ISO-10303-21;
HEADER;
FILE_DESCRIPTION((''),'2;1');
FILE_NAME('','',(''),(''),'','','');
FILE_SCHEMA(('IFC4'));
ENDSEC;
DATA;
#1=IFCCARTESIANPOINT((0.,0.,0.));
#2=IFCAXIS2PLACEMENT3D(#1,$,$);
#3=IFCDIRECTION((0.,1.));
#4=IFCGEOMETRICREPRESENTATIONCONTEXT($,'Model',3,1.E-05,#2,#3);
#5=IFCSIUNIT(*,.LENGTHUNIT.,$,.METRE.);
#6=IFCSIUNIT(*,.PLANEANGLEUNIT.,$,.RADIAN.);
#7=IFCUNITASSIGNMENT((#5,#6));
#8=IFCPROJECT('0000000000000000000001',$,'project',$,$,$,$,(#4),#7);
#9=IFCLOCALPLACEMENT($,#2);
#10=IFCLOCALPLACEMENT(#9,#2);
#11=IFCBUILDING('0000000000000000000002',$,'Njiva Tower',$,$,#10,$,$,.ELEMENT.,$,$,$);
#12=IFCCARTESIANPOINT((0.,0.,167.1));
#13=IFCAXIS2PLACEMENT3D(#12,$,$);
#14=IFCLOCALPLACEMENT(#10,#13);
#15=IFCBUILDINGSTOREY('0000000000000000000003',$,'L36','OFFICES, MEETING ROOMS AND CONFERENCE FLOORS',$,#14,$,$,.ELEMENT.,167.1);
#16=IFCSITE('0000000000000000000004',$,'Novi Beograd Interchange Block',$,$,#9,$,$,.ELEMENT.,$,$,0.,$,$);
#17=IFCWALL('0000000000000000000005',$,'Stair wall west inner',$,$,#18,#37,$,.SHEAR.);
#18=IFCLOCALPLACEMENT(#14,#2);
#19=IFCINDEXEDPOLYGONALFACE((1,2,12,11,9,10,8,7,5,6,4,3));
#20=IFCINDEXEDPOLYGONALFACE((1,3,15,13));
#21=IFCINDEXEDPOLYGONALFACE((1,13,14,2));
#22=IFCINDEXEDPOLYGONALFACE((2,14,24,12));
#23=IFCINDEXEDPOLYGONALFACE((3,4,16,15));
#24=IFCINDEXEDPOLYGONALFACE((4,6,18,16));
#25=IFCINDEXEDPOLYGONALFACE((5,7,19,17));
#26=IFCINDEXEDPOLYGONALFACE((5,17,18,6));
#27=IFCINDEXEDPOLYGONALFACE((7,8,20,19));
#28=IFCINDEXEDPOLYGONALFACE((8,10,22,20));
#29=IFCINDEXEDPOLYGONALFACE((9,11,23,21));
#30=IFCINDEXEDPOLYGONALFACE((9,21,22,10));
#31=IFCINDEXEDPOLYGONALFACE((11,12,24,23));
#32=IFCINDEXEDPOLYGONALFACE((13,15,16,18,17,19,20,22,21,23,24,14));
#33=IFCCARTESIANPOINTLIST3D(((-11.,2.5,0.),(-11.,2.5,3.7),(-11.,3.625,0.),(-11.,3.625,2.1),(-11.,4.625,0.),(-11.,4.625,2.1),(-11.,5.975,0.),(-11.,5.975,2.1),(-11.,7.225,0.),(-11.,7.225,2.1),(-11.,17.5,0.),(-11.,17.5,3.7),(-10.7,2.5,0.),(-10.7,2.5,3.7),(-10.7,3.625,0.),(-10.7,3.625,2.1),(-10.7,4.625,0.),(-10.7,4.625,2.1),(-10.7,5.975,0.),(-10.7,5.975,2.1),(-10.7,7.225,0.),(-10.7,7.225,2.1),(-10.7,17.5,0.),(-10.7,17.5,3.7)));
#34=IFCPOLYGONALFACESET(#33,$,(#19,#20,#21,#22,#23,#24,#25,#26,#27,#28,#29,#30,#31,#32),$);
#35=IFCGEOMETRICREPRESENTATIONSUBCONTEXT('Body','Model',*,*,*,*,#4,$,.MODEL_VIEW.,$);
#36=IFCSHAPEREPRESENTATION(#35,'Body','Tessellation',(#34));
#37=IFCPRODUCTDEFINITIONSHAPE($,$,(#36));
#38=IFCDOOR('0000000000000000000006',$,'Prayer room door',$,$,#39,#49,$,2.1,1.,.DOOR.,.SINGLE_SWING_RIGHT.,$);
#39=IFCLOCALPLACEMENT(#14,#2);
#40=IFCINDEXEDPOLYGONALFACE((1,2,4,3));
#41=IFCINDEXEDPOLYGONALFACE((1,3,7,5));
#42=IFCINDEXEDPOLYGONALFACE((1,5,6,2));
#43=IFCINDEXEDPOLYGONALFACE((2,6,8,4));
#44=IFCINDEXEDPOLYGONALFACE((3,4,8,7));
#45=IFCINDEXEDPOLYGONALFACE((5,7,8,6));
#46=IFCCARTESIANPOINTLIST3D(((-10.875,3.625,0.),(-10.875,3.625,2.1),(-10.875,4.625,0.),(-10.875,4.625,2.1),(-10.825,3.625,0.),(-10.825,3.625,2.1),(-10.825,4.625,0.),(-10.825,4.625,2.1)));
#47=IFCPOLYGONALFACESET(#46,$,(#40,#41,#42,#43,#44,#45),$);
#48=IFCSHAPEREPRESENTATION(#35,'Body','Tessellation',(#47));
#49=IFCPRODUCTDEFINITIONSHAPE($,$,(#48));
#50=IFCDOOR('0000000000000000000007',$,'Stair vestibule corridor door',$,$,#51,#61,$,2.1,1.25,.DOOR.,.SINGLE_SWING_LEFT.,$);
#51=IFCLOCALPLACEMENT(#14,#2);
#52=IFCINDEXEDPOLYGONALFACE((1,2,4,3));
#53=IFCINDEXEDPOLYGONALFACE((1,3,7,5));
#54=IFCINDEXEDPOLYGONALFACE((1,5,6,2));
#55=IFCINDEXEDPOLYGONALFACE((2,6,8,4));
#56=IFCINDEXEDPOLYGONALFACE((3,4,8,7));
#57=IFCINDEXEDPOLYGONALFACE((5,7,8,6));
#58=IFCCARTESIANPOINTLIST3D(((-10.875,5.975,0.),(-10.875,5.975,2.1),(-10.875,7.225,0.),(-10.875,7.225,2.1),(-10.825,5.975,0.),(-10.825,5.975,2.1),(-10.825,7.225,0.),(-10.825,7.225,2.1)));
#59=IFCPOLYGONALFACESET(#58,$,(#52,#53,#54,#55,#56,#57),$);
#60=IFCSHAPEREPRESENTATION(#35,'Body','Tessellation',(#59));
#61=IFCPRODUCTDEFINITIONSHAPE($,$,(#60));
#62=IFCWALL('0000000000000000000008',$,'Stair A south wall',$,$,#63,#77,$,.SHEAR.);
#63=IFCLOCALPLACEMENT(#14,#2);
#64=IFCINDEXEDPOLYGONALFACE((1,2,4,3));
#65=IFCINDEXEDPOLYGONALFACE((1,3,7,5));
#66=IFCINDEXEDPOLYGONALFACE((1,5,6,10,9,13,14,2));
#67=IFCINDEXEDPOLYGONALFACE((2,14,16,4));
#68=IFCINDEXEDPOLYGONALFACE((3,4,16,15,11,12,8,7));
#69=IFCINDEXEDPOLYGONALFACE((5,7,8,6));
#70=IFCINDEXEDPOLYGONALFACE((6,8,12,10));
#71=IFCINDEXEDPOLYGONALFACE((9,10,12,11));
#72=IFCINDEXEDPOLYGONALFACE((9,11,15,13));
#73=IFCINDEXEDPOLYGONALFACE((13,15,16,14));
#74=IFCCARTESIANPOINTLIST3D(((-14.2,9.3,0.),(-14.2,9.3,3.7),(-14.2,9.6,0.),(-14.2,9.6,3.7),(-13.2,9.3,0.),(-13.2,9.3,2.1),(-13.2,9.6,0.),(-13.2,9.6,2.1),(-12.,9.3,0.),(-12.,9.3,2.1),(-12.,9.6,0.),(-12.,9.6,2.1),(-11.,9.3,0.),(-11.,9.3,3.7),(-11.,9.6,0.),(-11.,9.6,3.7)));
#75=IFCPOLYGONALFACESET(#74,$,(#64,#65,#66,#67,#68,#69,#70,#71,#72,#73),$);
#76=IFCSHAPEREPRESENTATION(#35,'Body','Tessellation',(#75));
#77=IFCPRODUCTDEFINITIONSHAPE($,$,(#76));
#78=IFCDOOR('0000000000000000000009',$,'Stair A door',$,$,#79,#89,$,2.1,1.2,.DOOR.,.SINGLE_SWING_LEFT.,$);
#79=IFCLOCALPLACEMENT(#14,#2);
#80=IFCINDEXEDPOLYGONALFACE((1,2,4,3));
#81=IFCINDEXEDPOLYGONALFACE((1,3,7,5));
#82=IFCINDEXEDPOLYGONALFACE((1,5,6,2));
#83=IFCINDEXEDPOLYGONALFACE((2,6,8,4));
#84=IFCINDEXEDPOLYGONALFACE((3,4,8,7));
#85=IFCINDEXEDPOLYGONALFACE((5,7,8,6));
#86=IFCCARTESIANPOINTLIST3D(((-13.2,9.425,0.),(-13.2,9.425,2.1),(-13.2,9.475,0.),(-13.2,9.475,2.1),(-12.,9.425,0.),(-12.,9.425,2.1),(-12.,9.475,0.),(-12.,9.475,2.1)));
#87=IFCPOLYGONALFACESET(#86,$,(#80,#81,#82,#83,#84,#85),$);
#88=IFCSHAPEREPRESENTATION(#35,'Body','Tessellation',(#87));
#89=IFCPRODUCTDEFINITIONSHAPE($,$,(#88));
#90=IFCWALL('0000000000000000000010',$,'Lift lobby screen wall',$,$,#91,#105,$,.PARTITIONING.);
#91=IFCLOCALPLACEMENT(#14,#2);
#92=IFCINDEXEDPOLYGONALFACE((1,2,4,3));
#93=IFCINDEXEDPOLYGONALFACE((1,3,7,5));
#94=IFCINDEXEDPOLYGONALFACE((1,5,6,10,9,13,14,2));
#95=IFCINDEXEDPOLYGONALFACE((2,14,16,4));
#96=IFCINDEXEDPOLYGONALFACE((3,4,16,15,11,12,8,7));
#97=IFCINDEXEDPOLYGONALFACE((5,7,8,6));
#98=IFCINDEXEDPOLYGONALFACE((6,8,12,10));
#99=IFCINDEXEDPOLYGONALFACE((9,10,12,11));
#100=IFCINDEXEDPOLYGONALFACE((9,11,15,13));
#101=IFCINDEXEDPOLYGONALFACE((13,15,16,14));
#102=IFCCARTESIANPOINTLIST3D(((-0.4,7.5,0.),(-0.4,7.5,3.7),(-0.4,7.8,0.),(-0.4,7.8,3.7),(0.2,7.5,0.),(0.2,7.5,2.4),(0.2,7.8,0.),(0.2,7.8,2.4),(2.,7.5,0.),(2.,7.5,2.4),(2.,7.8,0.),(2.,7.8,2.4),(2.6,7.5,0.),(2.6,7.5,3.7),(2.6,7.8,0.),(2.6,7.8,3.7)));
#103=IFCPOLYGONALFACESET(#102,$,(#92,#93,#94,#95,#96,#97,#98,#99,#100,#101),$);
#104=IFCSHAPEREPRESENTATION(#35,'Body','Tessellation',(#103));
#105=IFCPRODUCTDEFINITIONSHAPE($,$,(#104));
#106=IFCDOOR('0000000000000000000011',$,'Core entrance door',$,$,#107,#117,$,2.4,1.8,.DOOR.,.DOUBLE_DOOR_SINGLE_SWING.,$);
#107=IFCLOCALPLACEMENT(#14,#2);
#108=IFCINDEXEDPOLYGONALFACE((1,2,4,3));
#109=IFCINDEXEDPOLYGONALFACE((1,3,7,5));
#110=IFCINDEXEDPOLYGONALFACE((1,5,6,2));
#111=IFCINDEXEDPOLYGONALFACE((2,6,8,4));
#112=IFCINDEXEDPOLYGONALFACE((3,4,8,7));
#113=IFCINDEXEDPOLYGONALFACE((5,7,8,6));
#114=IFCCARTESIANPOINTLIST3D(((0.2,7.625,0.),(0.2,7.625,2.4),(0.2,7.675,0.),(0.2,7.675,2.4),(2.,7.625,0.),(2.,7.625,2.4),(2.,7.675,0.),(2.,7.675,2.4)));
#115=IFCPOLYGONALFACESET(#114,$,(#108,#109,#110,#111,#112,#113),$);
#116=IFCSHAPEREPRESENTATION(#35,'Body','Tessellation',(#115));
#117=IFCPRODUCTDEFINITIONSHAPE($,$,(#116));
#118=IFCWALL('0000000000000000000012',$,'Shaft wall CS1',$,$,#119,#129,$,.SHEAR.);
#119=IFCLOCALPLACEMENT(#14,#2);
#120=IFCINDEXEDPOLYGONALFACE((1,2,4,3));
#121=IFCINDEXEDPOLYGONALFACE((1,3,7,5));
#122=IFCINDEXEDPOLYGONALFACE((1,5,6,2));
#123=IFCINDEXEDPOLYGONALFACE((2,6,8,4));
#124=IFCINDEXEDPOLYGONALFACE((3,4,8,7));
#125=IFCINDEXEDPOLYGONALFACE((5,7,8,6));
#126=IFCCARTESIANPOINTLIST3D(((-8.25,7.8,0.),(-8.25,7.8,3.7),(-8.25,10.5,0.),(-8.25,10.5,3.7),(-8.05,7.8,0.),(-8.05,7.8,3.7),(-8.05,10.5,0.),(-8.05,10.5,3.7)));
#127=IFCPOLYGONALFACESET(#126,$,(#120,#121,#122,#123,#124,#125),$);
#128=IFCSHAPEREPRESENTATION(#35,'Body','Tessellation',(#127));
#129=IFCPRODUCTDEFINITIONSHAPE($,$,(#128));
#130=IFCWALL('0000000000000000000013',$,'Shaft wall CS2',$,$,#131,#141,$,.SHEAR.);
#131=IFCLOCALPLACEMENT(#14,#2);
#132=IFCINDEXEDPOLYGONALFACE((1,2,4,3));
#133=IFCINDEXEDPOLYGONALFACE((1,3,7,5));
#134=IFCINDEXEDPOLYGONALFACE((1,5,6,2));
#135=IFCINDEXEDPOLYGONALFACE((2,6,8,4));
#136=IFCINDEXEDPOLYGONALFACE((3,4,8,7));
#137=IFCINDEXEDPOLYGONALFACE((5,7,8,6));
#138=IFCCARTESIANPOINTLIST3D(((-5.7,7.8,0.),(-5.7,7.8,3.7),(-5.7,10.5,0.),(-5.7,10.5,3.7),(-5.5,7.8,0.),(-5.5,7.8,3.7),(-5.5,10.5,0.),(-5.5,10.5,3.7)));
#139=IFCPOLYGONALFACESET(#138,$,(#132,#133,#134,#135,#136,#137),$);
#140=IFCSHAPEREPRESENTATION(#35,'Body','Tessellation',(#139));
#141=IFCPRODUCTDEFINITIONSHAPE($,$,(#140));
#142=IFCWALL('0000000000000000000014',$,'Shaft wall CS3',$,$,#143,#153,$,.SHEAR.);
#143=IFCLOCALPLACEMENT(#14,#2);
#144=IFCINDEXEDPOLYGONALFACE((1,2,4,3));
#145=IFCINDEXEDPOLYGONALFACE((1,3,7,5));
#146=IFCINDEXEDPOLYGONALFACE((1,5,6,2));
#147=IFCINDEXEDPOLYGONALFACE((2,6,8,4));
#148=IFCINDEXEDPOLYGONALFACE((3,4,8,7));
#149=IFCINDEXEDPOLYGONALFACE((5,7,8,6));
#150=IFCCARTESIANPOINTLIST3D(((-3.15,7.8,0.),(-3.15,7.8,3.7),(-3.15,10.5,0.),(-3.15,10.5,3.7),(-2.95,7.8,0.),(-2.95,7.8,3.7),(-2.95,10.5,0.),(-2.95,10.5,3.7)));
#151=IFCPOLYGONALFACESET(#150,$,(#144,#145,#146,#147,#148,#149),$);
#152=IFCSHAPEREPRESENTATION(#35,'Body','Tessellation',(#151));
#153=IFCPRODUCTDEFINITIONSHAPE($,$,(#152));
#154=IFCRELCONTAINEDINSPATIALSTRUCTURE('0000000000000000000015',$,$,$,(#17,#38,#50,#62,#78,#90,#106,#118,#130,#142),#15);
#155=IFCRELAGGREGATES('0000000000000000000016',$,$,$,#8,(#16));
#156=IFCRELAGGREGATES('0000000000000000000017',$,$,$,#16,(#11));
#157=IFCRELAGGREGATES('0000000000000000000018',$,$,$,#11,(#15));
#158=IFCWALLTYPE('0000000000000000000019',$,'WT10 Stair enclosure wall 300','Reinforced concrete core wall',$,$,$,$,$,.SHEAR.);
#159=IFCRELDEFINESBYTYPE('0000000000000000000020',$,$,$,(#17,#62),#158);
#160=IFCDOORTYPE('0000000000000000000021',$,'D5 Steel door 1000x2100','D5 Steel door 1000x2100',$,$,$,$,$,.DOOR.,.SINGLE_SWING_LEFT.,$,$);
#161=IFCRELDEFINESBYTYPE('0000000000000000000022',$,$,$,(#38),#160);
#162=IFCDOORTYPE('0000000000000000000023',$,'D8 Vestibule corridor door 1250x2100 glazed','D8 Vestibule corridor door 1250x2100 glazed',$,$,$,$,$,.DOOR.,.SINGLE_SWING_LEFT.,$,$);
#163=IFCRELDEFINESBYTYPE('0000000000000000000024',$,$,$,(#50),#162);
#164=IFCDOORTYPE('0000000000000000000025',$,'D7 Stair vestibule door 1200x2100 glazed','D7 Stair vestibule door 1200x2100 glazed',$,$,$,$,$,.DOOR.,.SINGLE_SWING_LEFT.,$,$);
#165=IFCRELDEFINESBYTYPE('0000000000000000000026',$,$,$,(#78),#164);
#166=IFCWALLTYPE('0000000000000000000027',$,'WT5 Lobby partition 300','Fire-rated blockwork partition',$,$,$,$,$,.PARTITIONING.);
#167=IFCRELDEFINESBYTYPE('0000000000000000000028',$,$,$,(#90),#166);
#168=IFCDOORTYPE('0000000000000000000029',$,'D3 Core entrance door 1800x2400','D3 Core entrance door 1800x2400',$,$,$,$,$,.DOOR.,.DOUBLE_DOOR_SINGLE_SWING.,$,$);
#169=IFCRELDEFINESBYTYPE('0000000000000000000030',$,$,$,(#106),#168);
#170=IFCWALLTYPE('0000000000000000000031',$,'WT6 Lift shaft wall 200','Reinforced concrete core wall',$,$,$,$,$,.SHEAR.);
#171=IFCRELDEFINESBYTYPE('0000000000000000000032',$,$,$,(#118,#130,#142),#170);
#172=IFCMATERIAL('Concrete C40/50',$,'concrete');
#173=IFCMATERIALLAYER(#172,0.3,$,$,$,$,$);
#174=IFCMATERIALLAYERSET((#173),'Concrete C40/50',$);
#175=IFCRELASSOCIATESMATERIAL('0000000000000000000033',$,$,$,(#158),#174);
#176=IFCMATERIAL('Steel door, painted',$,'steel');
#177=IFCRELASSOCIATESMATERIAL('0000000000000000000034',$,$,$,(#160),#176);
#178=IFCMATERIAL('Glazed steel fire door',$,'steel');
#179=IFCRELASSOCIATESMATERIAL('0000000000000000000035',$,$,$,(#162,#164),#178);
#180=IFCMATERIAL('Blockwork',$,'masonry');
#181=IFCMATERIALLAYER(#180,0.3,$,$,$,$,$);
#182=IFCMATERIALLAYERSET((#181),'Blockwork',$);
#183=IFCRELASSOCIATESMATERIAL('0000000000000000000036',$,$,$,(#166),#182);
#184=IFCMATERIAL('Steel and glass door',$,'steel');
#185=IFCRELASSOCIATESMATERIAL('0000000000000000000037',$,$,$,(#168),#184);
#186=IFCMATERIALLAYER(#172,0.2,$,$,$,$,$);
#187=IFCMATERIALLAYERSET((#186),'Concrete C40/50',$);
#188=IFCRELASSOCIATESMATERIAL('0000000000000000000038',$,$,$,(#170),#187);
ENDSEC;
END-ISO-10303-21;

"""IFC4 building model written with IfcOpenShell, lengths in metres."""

from ifc_helpers import new_model, si_unit, direction, frame, frame_2d, origin, place, context, subcontext, project, spatial, rectangle, extrude, material, layer, layer_set, type_object, element, fill, save


model = new_model("IFC4")

# Units and contexts
model_context = context("Model", 3, precision=1e-05, world=origin(), true_north=direction((0.0, 1.0)))
body_context = subcontext(model_context, "Body", "Model", "MODEL_VIEW")
ifc_project = project(units=[si_unit("LENGTHUNIT", "METRE"), si_unit("PLANEANGLEUNIT", "RADIAN")], contexts=[model_context])

# Site, building, storey
site_placement = place(None, origin())
site = spatial("IfcSite", under=ifc_project, at=site_placement, Name="Novi Beograd Interchange Block", CompositionType="ELEMENT", RefElevation=0.0)
building_placement = place(site_placement, origin())
building = spatial("IfcBuilding", under=site, at=building_placement, Name="Njiva Tower", CompositionType="ELEMENT")
storey_placement = place(building_placement, frame((0.0, 0.0, 167.1)))
storey = spatial("IfcBuildingStorey", under=building, at=storey_placement, Name="L36", Description="OFFICES, MEETING ROOMS AND CONFERENCE FLOORS", CompositionType="ELEMENT", Elevation=167.1)

# Shared definitions
ifc_material_1 = material(Name="Blockwork", Category="masonry")

# Wall, openings, doors
ifc_material_2 = material(Name="Concrete C40/50", Category="concrete")
ifc_layer_1 = layer(ifc_material_2, 0.3)
ifc_layer_set_1 = layer_set([ifc_layer_1], Name="Concrete C40/50")
wall_type_1 = type_object("IfcWallType", Name="WT10 Stair enclosure wall 300", Description="Reinforced concrete core wall", PredefinedType="SHEAR", material=ifc_layer_set_1)
wall_1_placement = place(storey_placement, frame((-10.85, 2.5, 0.0), z_axis=(0.0, 0.0, 1.0), x_axis=(0.0, 1.0, 0.0)))
wall_1 = element("IfcWall", 1, at=wall_1_placement, inside=storey, type_object=wall_type_1, Name="Stair wall west inner", PredefinedType="SHEAR", context=body_context, shape_type="SweptSolid", body=[
    extrude(rectangle(XDim=15.0, YDim=0.3, at=frame_2d((7.5, 0.0))), origin(), (0.0, 0.0, 1.0), 3.7),
])
opening_1_placement = place(wall_1_placement, frame((3.475, 0.0, 0.0)))
opening_1 = element("IfcOpeningElement", 2, at=opening_1_placement, cuts=wall_1, PredefinedType="OPENING", context=body_context, shape_type="SweptSolid", body=[
    extrude(rectangle(XDim=1.25, YDim=2.1, at=frame_2d((0.625, 1.05))), frame((0.0, 0.16, 0.0), z_axis=(0.0, -1.0, 0.0), x_axis=(1.0, 0.0, 0.0)), (0.0, 0.0, 1.0), 0.32),
])
opening_2_placement = place(wall_1_placement, frame((1.125, 0.0, 0.0)))
opening_2 = element("IfcOpeningElement", 3, at=opening_2_placement, cuts=wall_1, PredefinedType="OPENING", context=body_context, shape_type="SweptSolid", body=[
    extrude(rectangle(XDim=1.0, YDim=2.1, at=frame_2d((0.5, 1.05))), frame((0.0, 0.16, 0.0), z_axis=(0.0, -1.0, 0.0), x_axis=(1.0, 0.0, 0.0)), (0.0, 0.0, 1.0), 0.32),
])
ifc_material_3 = material(Name="Steel door, painted", Category="steel")
door_type_1 = type_object("IfcDoorType", Name="D5 Steel door 1000x2100", Description="D5 Steel door 1000x2100", OperationType="SINGLE_SWING_LEFT", PredefinedType="DOOR", material=ifc_material_3)
door_1_placement = place(opening_2_placement, origin())
door_1 = element("IfcDoor", 4, at=door_1_placement, inside=storey, type_object=door_type_1, Name="Prayer room door", OperationType="SINGLE_SWING_RIGHT", OverallHeight=2.1, OverallWidth=1.0, PredefinedType="DOOR", context=body_context, shape_type="SweptSolid", body=[
    extrude(rectangle(XDim=1.0, YDim=2.1, at=frame_2d((0.5, 1.05))), frame((0.0, 0.025, 0.0), z_axis=(0.0, -1.0, 0.0), x_axis=(1.0, 0.0, 0.0)), (0.0, 0.0, 1.0), 0.05),
])
fill(opening_2, door_1)
ifc_material_4 = material(Name="Glazed steel fire door", Category="steel")
door_type_2 = type_object("IfcDoorType", Name="D8 Vestibule corridor door 1250x2100 glazed", Description="D8 Vestibule corridor door 1250x2100 glazed", OperationType="SINGLE_SWING_LEFT", PredefinedType="DOOR", material=ifc_material_4)
door_2_placement = place(opening_1_placement, origin())
door_2 = element("IfcDoor", 5, at=door_2_placement, inside=storey, type_object=door_type_2, Name="Stair vestibule corridor door", OperationType="SINGLE_SWING_LEFT", OverallHeight=2.1, OverallWidth=1.25, PredefinedType="DOOR", context=body_context, shape_type="SweptSolid", body=[
    extrude(rectangle(XDim=1.25, YDim=2.1, at=frame_2d((0.625, 1.05))), frame((0.0, 0.025, 0.0), z_axis=(0.0, -1.0, 0.0), x_axis=(1.0, 0.0, 0.0)), (0.0, 0.0, 1.0), 0.05),
])
fill(opening_1, door_2)

# Walls, openings, doors
wall_2_placement = place(storey_placement, frame((-14.2, 9.45, 0.0), z_axis=(0.0, 0.0, 1.0), x_axis=(1.0, 0.0, 0.0)))
wall_2 = element("IfcWall", 6, at=wall_2_placement, inside=storey, type_object=wall_type_1, Name="Stair A south wall", PredefinedType="SHEAR", context=body_context, shape_type="SweptSolid", body=[
    extrude(rectangle(XDim=3.2, YDim=0.3, at=frame_2d((1.6, 0.0))), origin(), (0.0, 0.0, 1.0), 3.7),
])
opening_3_placement = place(wall_2_placement, frame((1.0, 0.0, 0.0)))
opening_3 = element("IfcOpeningElement", 7, at=opening_3_placement, cuts=wall_2, PredefinedType="OPENING", context=body_context, shape_type="SweptSolid", body=[
    extrude(rectangle(XDim=1.2, YDim=2.1, at=frame_2d((0.6, 1.05))), frame((0.0, 0.16, 0.0), z_axis=(0.0, -1.0, 0.0), x_axis=(1.0, 0.0, 0.0)), (0.0, 0.0, 1.0), 0.32),
])
door_type_3 = type_object("IfcDoorType", Name="D7 Stair vestibule door 1200x2100 glazed", Description="D7 Stair vestibule door 1200x2100 glazed", OperationType="SINGLE_SWING_LEFT", PredefinedType="DOOR", material=ifc_material_4)
door_3_placement = place(opening_3_placement, origin())
door_3 = element("IfcDoor", 8, at=door_3_placement, inside=storey, type_object=door_type_3, Name="Stair A door", OperationType="SINGLE_SWING_LEFT", OverallHeight=2.1, OverallWidth=1.2, PredefinedType="DOOR", context=body_context, shape_type="SweptSolid", body=[
    extrude(rectangle(XDim=1.2, YDim=2.1, at=frame_2d((0.6, 1.05))), frame((0.0, 0.025, 0.0), z_axis=(0.0, -1.0, 0.0), x_axis=(1.0, 0.0, 0.0)), (0.0, 0.0, 1.0), 0.05),
])
fill(opening_3, door_3)
ifc_layer_2 = layer(ifc_material_1, 0.3)
ifc_layer_set_2 = layer_set([ifc_layer_2], Name="Blockwork")
wall_type_2 = type_object("IfcWallType", Name="WT5 Lobby partition 300", Description="Fire-rated blockwork partition", PredefinedType="PARTITIONING", material=ifc_layer_set_2)
wall_3_placement = place(storey_placement, frame((-0.4, 7.65, 0.0), z_axis=(0.0, 0.0, 1.0), x_axis=(1.0, 0.0, 0.0)))
wall_3 = element("IfcWall", 9, at=wall_3_placement, inside=storey, type_object=wall_type_2, Name="Lift lobby screen wall", PredefinedType="PARTITIONING", context=body_context, shape_type="SweptSolid", body=[
    extrude(rectangle(XDim=3.0, YDim=0.3, at=frame_2d((1.5, 0.0))), origin(), (0.0, 0.0, 1.0), 3.7),
])
opening_4_placement = place(wall_3_placement, frame((0.6, 0.0, 0.0)))
opening_4 = element("IfcOpeningElement", 10, at=opening_4_placement, cuts=wall_3, PredefinedType="OPENING", context=body_context, shape_type="SweptSolid", body=[
    extrude(rectangle(XDim=1.8, YDim=2.4, at=frame_2d((0.9, 1.2))), frame((0.0, 0.16, 0.0), z_axis=(0.0, -1.0, 0.0), x_axis=(1.0, 0.0, 0.0)), (0.0, 0.0, 1.0), 0.32),
])
ifc_material_5 = material(Name="Steel and glass door", Category="steel")
door_type_4 = type_object("IfcDoorType", Name="D3 Core entrance door 1800x2400", Description="D3 Core entrance door 1800x2400", OperationType="DOUBLE_DOOR_SINGLE_SWING", PredefinedType="DOOR", material=ifc_material_5)
door_4_placement = place(opening_4_placement, origin())
door_4 = element("IfcDoor", 11, at=door_4_placement, inside=storey, type_object=door_type_4, Name="Core entrance door", OperationType="DOUBLE_DOOR_SINGLE_SWING", OverallHeight=2.4, OverallWidth=1.8, PredefinedType="DOOR", context=body_context, shape_type="SweptSolid", body=[
    extrude(rectangle(XDim=1.8, YDim=2.4, at=frame_2d((0.9, 1.2))), frame((0.0, 0.025, 0.0), z_axis=(0.0, -1.0, 0.0), x_axis=(1.0, 0.0, 0.0)), (0.0, 0.0, 1.0), 0.05),
])
fill(opening_4, door_4)

# Walls
ifc_layer_3 = layer(ifc_material_2, 0.2)
ifc_layer_set_3 = layer_set([ifc_layer_3], Name="Concrete C40/50")
wall_type_3 = type_object("IfcWallType", Name="WT6 Lift shaft wall 200", Description="Reinforced concrete core wall", PredefinedType="SHEAR", material=ifc_layer_set_3)
for number, where, z_axis, x_axis, name in (
    (12, (-8.15, 7.8, 0.0), (0.0, 0.0, 1.0), (0.0, 1.0, 0.0), "Shaft wall CS1"),
    (13, (-5.6, 7.8, 0.0), (0.0, 0.0, 1.0), (0.0, 1.0, 0.0), "Shaft wall CS2"),
    (14, (-3.05, 7.8, 0.0), (0.0, 0.0, 1.0), (0.0, 1.0, 0.0), "Shaft wall CS3"),
):
    element("IfcWall", number, at=place(storey_placement, frame(where, z_axis=z_axis, x_axis=x_axis)), inside=storey, type_object=wall_type_3, Name=name, PredefinedType="SHEAR", context=body_context, shape_type="SweptSolid", body=[
        extrude(rectangle(XDim=2.7, YDim=0.2, at=frame_2d((1.35, 0.0))), origin(), (0.0, 0.0, 1.0), 3.7),
    ])

save(model, "model.ifc")
